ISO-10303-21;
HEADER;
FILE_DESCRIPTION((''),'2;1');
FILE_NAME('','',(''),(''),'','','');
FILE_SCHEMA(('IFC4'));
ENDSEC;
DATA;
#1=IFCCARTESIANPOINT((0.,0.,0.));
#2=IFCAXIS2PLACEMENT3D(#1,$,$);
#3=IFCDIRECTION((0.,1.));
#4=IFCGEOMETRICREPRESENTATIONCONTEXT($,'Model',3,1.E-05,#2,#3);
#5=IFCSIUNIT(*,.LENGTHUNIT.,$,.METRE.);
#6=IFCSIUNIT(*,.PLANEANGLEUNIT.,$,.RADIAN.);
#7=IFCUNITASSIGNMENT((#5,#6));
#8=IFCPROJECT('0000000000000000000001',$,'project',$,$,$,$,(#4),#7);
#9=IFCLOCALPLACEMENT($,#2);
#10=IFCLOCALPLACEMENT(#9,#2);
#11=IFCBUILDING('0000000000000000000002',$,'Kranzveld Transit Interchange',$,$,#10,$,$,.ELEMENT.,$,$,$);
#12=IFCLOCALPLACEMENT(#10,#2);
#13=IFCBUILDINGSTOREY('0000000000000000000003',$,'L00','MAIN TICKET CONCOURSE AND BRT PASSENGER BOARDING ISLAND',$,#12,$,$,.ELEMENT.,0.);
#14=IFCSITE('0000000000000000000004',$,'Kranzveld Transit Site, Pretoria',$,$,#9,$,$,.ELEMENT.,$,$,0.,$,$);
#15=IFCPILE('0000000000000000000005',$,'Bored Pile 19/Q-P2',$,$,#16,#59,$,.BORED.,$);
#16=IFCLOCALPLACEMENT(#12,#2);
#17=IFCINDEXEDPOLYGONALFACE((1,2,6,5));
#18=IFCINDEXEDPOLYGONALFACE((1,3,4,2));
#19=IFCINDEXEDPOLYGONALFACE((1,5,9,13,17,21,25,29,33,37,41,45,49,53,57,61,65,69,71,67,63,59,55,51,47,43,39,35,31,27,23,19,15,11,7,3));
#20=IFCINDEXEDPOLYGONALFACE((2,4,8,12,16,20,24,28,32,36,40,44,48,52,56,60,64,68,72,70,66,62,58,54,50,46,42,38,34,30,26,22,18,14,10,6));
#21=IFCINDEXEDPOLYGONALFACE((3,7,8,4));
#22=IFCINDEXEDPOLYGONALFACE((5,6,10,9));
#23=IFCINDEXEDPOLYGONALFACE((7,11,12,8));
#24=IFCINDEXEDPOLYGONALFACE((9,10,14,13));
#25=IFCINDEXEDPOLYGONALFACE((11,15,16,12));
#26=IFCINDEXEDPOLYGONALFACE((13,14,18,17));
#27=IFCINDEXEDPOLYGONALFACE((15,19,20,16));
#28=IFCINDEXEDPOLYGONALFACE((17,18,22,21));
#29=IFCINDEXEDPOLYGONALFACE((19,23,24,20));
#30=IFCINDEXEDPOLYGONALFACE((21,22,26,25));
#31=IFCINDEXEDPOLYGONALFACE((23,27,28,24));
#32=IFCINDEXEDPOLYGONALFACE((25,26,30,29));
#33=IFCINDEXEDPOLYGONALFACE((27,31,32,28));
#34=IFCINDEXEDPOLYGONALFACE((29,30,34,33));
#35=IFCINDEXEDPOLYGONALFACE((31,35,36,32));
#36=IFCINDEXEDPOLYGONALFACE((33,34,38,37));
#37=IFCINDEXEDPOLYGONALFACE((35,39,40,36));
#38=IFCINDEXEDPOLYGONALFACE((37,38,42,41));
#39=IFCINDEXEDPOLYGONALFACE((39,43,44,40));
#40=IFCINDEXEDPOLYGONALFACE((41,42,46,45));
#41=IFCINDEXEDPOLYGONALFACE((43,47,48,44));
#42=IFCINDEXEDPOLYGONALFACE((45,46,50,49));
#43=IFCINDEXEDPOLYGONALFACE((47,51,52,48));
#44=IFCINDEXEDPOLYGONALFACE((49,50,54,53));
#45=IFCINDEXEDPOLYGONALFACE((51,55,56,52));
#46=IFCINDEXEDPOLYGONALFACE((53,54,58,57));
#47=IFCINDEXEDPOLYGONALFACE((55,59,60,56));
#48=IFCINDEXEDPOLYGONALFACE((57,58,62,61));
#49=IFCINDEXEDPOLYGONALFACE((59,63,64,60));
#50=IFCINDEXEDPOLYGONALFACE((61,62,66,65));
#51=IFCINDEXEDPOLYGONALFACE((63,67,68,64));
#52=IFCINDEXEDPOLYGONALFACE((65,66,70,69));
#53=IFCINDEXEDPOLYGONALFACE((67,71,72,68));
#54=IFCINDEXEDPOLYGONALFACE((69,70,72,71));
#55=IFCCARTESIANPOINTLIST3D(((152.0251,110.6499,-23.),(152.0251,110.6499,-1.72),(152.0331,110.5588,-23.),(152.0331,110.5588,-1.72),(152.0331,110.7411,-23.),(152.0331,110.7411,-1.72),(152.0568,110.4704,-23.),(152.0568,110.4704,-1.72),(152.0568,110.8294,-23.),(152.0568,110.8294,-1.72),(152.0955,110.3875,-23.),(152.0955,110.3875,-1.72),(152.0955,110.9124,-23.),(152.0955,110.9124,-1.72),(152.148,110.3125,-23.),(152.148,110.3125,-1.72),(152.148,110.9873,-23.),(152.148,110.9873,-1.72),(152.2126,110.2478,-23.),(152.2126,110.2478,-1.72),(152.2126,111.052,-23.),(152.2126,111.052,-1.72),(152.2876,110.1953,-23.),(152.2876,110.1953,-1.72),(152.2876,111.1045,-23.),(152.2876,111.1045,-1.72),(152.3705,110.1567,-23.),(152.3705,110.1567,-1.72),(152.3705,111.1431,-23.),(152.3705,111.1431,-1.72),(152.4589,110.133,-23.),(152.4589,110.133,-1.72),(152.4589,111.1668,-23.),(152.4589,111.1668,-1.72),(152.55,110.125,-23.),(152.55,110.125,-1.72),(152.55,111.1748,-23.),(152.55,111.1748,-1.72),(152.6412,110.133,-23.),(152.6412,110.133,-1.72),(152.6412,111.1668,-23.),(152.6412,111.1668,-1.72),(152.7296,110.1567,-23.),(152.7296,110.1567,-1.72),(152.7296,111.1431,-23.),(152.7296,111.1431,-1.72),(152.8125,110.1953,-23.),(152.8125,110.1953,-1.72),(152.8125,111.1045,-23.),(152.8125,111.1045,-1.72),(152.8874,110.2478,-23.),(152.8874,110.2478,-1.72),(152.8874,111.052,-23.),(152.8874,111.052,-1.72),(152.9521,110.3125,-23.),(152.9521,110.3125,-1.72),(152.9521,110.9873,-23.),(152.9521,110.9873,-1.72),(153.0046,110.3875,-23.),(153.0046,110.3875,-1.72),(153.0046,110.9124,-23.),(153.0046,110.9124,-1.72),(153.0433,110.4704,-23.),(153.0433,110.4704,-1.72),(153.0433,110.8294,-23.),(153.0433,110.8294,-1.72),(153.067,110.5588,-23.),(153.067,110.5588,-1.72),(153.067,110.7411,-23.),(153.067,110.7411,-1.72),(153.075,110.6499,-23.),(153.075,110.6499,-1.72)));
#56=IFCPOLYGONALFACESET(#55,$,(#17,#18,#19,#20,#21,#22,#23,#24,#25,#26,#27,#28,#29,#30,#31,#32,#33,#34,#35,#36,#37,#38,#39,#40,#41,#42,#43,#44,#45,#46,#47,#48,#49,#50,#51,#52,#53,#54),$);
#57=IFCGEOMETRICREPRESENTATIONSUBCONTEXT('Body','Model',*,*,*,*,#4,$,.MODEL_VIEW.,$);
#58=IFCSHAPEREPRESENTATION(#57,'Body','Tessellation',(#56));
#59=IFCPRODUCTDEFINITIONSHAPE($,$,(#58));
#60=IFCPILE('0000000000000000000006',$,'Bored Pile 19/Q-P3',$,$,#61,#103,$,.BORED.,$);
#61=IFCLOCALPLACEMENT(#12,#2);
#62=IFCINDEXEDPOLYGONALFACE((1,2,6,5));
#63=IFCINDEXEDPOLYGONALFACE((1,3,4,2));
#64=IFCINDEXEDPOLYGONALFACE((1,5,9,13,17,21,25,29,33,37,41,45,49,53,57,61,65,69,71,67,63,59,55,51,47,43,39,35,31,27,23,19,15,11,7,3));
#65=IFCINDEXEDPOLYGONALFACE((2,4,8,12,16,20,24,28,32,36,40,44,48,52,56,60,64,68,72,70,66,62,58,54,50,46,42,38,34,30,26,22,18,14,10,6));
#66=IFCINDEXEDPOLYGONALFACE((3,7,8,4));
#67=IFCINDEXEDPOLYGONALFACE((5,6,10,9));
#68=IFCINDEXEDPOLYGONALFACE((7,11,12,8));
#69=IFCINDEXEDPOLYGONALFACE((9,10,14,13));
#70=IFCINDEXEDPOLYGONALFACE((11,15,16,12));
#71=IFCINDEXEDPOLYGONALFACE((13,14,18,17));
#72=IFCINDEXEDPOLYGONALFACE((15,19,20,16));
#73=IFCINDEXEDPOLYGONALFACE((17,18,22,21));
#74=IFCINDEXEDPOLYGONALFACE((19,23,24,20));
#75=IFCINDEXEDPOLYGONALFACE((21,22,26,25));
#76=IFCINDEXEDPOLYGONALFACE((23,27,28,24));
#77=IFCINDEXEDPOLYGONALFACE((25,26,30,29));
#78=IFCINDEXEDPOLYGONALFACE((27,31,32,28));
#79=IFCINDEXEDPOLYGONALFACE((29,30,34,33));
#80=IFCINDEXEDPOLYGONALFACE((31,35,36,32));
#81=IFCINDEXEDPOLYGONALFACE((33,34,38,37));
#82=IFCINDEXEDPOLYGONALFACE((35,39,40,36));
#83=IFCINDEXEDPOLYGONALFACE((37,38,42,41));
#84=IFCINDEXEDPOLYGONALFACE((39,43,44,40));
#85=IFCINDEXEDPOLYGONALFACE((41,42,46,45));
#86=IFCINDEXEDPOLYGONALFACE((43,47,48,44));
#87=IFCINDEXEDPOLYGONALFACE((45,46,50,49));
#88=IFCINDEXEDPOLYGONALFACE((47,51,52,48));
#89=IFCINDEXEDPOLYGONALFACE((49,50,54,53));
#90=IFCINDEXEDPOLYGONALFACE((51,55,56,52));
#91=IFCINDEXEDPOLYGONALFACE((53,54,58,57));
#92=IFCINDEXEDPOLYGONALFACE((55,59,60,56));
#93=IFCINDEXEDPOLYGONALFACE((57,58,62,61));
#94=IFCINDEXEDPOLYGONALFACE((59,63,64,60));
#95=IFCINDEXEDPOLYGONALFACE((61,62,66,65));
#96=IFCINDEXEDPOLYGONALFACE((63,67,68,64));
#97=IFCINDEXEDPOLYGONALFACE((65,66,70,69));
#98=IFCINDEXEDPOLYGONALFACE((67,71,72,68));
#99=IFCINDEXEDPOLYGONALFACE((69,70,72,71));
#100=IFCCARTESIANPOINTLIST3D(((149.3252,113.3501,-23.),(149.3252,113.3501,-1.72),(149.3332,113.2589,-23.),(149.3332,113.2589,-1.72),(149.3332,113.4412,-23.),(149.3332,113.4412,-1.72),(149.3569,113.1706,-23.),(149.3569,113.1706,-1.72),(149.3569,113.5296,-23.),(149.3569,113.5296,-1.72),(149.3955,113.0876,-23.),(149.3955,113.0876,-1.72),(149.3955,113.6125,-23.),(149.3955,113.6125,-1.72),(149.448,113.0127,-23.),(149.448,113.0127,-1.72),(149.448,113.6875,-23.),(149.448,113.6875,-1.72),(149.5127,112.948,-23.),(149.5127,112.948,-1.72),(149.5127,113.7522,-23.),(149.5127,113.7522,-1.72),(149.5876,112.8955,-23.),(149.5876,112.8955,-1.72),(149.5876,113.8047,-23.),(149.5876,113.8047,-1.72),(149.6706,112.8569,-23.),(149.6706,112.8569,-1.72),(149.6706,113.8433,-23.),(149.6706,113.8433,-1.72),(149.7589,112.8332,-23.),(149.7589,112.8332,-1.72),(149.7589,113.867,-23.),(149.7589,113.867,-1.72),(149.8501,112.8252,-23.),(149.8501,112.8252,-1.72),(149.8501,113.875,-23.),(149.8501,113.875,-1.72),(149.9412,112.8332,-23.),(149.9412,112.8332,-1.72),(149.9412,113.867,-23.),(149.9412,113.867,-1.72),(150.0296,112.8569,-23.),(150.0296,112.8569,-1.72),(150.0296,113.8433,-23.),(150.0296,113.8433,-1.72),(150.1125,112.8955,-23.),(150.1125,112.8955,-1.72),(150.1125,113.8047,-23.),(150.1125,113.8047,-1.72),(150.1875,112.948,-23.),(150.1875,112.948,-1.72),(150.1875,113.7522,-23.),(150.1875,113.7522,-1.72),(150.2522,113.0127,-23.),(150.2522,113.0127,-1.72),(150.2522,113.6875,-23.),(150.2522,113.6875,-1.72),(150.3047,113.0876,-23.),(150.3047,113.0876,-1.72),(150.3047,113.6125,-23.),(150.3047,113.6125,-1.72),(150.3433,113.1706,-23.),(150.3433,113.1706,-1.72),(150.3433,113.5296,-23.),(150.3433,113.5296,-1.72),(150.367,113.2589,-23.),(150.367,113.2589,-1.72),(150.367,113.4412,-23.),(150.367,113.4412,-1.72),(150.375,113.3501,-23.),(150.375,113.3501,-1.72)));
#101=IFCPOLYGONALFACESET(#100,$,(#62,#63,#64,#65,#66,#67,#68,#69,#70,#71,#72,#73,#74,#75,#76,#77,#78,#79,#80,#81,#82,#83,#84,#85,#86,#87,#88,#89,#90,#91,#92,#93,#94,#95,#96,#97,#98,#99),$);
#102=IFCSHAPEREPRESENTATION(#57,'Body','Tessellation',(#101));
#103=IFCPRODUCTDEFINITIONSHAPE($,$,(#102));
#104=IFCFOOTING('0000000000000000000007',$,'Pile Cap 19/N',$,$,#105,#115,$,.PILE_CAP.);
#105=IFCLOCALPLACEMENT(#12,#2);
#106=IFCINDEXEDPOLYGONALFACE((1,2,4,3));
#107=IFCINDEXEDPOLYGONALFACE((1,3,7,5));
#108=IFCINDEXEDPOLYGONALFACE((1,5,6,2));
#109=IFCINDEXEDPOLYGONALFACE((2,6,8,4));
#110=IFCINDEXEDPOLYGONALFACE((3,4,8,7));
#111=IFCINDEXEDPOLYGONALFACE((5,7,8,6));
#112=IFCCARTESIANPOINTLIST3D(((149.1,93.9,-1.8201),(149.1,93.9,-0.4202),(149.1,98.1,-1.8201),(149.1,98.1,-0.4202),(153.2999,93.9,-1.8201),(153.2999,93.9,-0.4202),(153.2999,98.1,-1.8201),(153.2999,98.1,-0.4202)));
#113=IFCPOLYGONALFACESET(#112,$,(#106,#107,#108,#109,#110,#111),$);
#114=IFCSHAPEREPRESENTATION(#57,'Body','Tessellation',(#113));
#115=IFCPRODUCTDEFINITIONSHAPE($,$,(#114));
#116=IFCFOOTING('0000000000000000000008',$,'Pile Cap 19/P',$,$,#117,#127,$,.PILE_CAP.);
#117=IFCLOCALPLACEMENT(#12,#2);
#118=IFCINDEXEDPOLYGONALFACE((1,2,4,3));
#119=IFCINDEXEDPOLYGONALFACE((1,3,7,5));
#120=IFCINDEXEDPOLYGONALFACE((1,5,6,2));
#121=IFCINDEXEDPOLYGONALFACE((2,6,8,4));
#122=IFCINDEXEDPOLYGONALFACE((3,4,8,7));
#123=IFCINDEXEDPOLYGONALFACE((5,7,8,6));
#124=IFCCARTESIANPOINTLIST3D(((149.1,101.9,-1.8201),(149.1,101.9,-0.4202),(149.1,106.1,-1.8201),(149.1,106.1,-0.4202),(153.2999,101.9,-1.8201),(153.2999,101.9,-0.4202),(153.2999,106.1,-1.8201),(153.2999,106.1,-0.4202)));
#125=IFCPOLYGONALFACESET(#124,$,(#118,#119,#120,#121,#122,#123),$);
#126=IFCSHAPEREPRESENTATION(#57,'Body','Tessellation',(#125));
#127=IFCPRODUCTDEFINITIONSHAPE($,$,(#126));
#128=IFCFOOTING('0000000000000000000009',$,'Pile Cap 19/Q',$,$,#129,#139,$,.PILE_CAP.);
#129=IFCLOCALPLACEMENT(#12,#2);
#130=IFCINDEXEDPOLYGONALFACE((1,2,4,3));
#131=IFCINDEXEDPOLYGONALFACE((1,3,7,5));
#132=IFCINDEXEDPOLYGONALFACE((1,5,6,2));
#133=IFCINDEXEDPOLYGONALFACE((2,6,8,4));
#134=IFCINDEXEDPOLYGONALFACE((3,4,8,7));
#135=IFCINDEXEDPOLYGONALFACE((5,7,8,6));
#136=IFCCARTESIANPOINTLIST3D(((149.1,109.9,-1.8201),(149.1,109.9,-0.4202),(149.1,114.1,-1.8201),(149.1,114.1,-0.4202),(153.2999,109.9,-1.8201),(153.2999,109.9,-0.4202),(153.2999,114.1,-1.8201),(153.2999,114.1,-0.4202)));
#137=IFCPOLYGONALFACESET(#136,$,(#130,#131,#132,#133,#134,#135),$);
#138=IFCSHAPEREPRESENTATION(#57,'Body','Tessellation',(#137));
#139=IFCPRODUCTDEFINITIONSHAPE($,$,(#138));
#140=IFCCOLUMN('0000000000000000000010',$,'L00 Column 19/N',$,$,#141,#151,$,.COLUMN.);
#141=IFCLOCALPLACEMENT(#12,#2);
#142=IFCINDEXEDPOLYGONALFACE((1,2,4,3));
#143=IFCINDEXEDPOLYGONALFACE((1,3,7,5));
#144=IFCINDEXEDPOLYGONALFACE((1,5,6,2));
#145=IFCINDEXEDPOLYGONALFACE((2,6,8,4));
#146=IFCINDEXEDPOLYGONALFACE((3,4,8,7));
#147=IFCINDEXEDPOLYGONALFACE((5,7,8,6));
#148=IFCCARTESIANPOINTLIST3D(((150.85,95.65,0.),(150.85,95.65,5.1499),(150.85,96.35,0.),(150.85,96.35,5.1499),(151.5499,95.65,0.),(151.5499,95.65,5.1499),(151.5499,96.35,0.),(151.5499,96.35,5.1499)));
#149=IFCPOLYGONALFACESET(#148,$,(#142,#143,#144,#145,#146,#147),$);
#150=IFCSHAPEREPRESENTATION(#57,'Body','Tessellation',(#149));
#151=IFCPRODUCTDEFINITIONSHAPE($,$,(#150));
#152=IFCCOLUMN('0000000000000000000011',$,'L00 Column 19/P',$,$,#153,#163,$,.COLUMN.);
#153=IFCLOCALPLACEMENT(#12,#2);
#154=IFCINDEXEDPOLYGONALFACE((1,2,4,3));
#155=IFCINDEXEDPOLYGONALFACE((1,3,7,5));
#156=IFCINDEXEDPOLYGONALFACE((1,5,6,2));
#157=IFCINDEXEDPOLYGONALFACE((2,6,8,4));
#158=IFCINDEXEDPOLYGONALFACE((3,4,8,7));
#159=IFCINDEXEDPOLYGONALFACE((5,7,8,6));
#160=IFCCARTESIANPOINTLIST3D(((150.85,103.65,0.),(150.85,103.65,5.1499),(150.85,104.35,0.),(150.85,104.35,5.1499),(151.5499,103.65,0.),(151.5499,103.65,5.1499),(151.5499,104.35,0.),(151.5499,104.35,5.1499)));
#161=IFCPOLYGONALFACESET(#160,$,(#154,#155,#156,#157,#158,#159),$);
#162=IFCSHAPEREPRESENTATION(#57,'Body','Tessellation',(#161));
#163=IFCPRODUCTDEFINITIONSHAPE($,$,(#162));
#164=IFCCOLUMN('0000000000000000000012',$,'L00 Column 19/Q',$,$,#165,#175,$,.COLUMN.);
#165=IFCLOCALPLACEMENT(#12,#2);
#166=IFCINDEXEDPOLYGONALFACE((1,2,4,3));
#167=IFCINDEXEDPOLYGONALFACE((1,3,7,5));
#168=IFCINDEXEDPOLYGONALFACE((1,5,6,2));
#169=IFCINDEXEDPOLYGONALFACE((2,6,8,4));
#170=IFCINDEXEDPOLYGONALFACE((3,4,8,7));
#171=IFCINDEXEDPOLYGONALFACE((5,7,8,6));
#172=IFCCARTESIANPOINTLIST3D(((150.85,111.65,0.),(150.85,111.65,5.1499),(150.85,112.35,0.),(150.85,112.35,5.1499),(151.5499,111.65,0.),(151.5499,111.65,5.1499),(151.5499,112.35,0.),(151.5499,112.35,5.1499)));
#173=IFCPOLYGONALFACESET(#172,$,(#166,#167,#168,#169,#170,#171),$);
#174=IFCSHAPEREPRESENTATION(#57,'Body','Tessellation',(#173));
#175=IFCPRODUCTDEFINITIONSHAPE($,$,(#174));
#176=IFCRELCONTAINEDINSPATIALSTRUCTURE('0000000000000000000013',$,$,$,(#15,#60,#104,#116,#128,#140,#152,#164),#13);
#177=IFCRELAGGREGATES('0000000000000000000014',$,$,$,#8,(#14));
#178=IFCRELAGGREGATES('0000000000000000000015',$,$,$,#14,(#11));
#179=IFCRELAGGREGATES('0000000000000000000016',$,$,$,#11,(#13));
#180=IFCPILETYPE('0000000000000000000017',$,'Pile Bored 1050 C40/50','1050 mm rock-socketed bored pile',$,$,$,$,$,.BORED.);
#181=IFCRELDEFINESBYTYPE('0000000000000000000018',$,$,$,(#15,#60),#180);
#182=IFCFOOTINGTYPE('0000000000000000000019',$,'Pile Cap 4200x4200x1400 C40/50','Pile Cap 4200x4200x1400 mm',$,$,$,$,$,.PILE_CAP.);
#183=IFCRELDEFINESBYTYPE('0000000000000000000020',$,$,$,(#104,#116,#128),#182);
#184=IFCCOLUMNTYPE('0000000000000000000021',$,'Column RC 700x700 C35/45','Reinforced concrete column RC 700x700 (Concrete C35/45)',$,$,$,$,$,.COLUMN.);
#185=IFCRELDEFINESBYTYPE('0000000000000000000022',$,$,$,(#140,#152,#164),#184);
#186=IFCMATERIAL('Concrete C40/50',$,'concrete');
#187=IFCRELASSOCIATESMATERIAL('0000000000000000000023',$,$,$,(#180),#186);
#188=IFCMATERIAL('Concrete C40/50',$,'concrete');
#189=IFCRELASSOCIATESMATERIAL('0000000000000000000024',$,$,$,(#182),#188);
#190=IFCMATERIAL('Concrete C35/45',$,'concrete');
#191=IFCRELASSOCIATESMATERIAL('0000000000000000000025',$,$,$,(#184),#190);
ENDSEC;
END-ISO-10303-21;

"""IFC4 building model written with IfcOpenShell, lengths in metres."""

from ifc_helpers import new_model, si_unit, direction, frame, origin, origin_2d, place, context, subcontext, project, spatial, rectangle, circle, extrude, material, material_profile, profile_set, type_object, element, save


model = new_model("IFC4")

# Units and contexts
model_context = context("Model", 3, precision=1e-05, world=origin(), true_north=direction((0.0, 1.0)))
body_context = subcontext(model_context, "Body", "Model", "MODEL_VIEW")
ifc_project = project(units=[si_unit("LENGTHUNIT", "METRE"), si_unit("PLANEANGLEUNIT", "RADIAN")], contexts=[model_context])

# Site, building, storey
site_placement = place(None, origin())
site = spatial("IfcSite", under=ifc_project, at=site_placement, Name="Kranzveld Transit Site, Pretoria", CompositionType="ELEMENT", RefElevation=0.0)
building_placement = place(site_placement, origin())
building = spatial("IfcBuilding", under=site, at=building_placement, Name="Kranzveld Transit Interchange", CompositionType="ELEMENT")
storey_placement = place(building_placement, origin())
storey = spatial("IfcBuildingStorey", under=building, at=storey_placement, Name="L00", Description="MAIN TICKET CONCOURSE AND BRT PASSENGER BOARDING ISLAND", CompositionType="ELEMENT", Elevation=0.0)

# Piles
ifc_material_1 = material(Name="Concrete C40/50", Category="concrete")
ifc_material_profile_1 = material_profile(ifc_material_1, circle(Radius=0.5249, at=origin_2d()), Name="BORED PILE 1050")
ifc_profile_set_1 = profile_set([ifc_material_profile_1], Name="Concrete C40/50")
pile_type = type_object("IfcPileType", Name="Pile Bored 1050 C40/50", Description="1050 mm rock-socketed bored pile", PredefinedType="BORED", material=ifc_profile_set_1)
for number, where, z_axis, x_axis, name in (
    (1, (152.55, 110.6499, -1.72), (0.0, 0.0, -1.0), (1.0, 0.0, 0.0), "Bored Pile 19/Q-P2"),
    (2, (149.8501, 113.3501, -1.72), (0.0, 0.0, -1.0), (1.0, 0.0, 0.0), "Bored Pile 19/Q-P3"),
):
    element("IfcPile", number, at=place(storey_placement, frame(where, z_axis=z_axis, x_axis=x_axis)), inside=storey, type_object=pile_type, Name=name, PredefinedType="BORED", context=body_context, shape_type="SweptSolid", body=[
        extrude(circle(Radius=0.5249, at=origin_2d()), origin(), (0.0, 0.0, 1.0), 21.28),
    ])

# Footings
ifc_material_2 = material(Name="Concrete C40/50", Category="concrete")
footing_type_1 = type_object("IfcFootingType", Name="Pile Cap 4200x4200x1400 C40/50", Description="Pile Cap 4200x4200x1400 mm", PredefinedType="PILE_CAP", material=ifc_material_2)
for number, where, z_axis, x_axis, name in (
    (3, (151.2, 96.0, -1.8201), (0.0, 0.0, 1.0), (1.0, 0.0, 0.0), "Pile Cap 19/N"),
    (4, (151.2, 104.0, -1.8201), (0.0, 0.0, 1.0), (1.0, 0.0, 0.0), "Pile Cap 19/P"),
    (5, (151.2, 112.0, -1.8201), (0.0, 0.0, 1.0), (1.0, 0.0, 0.0), "Pile Cap 19/Q"),
):
    element("IfcFooting", number, at=place(storey_placement, frame(where, z_axis=z_axis, x_axis=x_axis)), inside=storey, type_object=footing_type_1, Name=name, PredefinedType="PILE_CAP", context=body_context, shape_type="SweptSolid", body=[
        extrude(rectangle(XDim=4.2, YDim=4.2, at=origin_2d()), origin(), (0.0, 0.0, 1.0), 1.3999),
    ])

# Columns
ifc_material_3 = material(Name="Concrete C35/45", Category="concrete")
ifc_material_profile_2 = material_profile(ifc_material_3, rectangle(XDim=0.7, YDim=0.7, at=origin_2d()), Name="RC 700x700")
ifc_profile_set_2 = profile_set([ifc_material_profile_2], Name="Concrete C35/45")
column_type = type_object("IfcColumnType", Name="Column RC 700x700 C35/45", Description="Reinforced concrete column RC 700x700 (Concrete C35/45)", PredefinedType="COLUMN", material=ifc_profile_set_2)
for number, where, z_axis, x_axis, name in (
    (6, (151.2, 96.0, 0.0), (0.0, 0.0, 1.0), (1.0, 0.0, 0.0), "L00 Column 19/N"),
    (7, (151.2, 104.0, 0.0), (0.0, 0.0, 1.0), (1.0, 0.0, 0.0), "L00 Column 19/P"),
    (8, (151.2, 112.0, 0.0), (0.0, 0.0, 1.0), (1.0, 0.0, 0.0), "L00 Column 19/Q"),
):
    element("IfcColumn", number, at=place(storey_placement, frame(where, z_axis=z_axis, x_axis=x_axis)), inside=storey, type_object=column_type, Name=name, PredefinedType="COLUMN", context=body_context, shape_type="SweptSolid", body=[
        extrude(rectangle(XDim=0.7, YDim=0.7, at=origin_2d()), origin(), (0.0, 0.0, 1.0), 5.1499),
    ])

save(model, "model.ifc")
